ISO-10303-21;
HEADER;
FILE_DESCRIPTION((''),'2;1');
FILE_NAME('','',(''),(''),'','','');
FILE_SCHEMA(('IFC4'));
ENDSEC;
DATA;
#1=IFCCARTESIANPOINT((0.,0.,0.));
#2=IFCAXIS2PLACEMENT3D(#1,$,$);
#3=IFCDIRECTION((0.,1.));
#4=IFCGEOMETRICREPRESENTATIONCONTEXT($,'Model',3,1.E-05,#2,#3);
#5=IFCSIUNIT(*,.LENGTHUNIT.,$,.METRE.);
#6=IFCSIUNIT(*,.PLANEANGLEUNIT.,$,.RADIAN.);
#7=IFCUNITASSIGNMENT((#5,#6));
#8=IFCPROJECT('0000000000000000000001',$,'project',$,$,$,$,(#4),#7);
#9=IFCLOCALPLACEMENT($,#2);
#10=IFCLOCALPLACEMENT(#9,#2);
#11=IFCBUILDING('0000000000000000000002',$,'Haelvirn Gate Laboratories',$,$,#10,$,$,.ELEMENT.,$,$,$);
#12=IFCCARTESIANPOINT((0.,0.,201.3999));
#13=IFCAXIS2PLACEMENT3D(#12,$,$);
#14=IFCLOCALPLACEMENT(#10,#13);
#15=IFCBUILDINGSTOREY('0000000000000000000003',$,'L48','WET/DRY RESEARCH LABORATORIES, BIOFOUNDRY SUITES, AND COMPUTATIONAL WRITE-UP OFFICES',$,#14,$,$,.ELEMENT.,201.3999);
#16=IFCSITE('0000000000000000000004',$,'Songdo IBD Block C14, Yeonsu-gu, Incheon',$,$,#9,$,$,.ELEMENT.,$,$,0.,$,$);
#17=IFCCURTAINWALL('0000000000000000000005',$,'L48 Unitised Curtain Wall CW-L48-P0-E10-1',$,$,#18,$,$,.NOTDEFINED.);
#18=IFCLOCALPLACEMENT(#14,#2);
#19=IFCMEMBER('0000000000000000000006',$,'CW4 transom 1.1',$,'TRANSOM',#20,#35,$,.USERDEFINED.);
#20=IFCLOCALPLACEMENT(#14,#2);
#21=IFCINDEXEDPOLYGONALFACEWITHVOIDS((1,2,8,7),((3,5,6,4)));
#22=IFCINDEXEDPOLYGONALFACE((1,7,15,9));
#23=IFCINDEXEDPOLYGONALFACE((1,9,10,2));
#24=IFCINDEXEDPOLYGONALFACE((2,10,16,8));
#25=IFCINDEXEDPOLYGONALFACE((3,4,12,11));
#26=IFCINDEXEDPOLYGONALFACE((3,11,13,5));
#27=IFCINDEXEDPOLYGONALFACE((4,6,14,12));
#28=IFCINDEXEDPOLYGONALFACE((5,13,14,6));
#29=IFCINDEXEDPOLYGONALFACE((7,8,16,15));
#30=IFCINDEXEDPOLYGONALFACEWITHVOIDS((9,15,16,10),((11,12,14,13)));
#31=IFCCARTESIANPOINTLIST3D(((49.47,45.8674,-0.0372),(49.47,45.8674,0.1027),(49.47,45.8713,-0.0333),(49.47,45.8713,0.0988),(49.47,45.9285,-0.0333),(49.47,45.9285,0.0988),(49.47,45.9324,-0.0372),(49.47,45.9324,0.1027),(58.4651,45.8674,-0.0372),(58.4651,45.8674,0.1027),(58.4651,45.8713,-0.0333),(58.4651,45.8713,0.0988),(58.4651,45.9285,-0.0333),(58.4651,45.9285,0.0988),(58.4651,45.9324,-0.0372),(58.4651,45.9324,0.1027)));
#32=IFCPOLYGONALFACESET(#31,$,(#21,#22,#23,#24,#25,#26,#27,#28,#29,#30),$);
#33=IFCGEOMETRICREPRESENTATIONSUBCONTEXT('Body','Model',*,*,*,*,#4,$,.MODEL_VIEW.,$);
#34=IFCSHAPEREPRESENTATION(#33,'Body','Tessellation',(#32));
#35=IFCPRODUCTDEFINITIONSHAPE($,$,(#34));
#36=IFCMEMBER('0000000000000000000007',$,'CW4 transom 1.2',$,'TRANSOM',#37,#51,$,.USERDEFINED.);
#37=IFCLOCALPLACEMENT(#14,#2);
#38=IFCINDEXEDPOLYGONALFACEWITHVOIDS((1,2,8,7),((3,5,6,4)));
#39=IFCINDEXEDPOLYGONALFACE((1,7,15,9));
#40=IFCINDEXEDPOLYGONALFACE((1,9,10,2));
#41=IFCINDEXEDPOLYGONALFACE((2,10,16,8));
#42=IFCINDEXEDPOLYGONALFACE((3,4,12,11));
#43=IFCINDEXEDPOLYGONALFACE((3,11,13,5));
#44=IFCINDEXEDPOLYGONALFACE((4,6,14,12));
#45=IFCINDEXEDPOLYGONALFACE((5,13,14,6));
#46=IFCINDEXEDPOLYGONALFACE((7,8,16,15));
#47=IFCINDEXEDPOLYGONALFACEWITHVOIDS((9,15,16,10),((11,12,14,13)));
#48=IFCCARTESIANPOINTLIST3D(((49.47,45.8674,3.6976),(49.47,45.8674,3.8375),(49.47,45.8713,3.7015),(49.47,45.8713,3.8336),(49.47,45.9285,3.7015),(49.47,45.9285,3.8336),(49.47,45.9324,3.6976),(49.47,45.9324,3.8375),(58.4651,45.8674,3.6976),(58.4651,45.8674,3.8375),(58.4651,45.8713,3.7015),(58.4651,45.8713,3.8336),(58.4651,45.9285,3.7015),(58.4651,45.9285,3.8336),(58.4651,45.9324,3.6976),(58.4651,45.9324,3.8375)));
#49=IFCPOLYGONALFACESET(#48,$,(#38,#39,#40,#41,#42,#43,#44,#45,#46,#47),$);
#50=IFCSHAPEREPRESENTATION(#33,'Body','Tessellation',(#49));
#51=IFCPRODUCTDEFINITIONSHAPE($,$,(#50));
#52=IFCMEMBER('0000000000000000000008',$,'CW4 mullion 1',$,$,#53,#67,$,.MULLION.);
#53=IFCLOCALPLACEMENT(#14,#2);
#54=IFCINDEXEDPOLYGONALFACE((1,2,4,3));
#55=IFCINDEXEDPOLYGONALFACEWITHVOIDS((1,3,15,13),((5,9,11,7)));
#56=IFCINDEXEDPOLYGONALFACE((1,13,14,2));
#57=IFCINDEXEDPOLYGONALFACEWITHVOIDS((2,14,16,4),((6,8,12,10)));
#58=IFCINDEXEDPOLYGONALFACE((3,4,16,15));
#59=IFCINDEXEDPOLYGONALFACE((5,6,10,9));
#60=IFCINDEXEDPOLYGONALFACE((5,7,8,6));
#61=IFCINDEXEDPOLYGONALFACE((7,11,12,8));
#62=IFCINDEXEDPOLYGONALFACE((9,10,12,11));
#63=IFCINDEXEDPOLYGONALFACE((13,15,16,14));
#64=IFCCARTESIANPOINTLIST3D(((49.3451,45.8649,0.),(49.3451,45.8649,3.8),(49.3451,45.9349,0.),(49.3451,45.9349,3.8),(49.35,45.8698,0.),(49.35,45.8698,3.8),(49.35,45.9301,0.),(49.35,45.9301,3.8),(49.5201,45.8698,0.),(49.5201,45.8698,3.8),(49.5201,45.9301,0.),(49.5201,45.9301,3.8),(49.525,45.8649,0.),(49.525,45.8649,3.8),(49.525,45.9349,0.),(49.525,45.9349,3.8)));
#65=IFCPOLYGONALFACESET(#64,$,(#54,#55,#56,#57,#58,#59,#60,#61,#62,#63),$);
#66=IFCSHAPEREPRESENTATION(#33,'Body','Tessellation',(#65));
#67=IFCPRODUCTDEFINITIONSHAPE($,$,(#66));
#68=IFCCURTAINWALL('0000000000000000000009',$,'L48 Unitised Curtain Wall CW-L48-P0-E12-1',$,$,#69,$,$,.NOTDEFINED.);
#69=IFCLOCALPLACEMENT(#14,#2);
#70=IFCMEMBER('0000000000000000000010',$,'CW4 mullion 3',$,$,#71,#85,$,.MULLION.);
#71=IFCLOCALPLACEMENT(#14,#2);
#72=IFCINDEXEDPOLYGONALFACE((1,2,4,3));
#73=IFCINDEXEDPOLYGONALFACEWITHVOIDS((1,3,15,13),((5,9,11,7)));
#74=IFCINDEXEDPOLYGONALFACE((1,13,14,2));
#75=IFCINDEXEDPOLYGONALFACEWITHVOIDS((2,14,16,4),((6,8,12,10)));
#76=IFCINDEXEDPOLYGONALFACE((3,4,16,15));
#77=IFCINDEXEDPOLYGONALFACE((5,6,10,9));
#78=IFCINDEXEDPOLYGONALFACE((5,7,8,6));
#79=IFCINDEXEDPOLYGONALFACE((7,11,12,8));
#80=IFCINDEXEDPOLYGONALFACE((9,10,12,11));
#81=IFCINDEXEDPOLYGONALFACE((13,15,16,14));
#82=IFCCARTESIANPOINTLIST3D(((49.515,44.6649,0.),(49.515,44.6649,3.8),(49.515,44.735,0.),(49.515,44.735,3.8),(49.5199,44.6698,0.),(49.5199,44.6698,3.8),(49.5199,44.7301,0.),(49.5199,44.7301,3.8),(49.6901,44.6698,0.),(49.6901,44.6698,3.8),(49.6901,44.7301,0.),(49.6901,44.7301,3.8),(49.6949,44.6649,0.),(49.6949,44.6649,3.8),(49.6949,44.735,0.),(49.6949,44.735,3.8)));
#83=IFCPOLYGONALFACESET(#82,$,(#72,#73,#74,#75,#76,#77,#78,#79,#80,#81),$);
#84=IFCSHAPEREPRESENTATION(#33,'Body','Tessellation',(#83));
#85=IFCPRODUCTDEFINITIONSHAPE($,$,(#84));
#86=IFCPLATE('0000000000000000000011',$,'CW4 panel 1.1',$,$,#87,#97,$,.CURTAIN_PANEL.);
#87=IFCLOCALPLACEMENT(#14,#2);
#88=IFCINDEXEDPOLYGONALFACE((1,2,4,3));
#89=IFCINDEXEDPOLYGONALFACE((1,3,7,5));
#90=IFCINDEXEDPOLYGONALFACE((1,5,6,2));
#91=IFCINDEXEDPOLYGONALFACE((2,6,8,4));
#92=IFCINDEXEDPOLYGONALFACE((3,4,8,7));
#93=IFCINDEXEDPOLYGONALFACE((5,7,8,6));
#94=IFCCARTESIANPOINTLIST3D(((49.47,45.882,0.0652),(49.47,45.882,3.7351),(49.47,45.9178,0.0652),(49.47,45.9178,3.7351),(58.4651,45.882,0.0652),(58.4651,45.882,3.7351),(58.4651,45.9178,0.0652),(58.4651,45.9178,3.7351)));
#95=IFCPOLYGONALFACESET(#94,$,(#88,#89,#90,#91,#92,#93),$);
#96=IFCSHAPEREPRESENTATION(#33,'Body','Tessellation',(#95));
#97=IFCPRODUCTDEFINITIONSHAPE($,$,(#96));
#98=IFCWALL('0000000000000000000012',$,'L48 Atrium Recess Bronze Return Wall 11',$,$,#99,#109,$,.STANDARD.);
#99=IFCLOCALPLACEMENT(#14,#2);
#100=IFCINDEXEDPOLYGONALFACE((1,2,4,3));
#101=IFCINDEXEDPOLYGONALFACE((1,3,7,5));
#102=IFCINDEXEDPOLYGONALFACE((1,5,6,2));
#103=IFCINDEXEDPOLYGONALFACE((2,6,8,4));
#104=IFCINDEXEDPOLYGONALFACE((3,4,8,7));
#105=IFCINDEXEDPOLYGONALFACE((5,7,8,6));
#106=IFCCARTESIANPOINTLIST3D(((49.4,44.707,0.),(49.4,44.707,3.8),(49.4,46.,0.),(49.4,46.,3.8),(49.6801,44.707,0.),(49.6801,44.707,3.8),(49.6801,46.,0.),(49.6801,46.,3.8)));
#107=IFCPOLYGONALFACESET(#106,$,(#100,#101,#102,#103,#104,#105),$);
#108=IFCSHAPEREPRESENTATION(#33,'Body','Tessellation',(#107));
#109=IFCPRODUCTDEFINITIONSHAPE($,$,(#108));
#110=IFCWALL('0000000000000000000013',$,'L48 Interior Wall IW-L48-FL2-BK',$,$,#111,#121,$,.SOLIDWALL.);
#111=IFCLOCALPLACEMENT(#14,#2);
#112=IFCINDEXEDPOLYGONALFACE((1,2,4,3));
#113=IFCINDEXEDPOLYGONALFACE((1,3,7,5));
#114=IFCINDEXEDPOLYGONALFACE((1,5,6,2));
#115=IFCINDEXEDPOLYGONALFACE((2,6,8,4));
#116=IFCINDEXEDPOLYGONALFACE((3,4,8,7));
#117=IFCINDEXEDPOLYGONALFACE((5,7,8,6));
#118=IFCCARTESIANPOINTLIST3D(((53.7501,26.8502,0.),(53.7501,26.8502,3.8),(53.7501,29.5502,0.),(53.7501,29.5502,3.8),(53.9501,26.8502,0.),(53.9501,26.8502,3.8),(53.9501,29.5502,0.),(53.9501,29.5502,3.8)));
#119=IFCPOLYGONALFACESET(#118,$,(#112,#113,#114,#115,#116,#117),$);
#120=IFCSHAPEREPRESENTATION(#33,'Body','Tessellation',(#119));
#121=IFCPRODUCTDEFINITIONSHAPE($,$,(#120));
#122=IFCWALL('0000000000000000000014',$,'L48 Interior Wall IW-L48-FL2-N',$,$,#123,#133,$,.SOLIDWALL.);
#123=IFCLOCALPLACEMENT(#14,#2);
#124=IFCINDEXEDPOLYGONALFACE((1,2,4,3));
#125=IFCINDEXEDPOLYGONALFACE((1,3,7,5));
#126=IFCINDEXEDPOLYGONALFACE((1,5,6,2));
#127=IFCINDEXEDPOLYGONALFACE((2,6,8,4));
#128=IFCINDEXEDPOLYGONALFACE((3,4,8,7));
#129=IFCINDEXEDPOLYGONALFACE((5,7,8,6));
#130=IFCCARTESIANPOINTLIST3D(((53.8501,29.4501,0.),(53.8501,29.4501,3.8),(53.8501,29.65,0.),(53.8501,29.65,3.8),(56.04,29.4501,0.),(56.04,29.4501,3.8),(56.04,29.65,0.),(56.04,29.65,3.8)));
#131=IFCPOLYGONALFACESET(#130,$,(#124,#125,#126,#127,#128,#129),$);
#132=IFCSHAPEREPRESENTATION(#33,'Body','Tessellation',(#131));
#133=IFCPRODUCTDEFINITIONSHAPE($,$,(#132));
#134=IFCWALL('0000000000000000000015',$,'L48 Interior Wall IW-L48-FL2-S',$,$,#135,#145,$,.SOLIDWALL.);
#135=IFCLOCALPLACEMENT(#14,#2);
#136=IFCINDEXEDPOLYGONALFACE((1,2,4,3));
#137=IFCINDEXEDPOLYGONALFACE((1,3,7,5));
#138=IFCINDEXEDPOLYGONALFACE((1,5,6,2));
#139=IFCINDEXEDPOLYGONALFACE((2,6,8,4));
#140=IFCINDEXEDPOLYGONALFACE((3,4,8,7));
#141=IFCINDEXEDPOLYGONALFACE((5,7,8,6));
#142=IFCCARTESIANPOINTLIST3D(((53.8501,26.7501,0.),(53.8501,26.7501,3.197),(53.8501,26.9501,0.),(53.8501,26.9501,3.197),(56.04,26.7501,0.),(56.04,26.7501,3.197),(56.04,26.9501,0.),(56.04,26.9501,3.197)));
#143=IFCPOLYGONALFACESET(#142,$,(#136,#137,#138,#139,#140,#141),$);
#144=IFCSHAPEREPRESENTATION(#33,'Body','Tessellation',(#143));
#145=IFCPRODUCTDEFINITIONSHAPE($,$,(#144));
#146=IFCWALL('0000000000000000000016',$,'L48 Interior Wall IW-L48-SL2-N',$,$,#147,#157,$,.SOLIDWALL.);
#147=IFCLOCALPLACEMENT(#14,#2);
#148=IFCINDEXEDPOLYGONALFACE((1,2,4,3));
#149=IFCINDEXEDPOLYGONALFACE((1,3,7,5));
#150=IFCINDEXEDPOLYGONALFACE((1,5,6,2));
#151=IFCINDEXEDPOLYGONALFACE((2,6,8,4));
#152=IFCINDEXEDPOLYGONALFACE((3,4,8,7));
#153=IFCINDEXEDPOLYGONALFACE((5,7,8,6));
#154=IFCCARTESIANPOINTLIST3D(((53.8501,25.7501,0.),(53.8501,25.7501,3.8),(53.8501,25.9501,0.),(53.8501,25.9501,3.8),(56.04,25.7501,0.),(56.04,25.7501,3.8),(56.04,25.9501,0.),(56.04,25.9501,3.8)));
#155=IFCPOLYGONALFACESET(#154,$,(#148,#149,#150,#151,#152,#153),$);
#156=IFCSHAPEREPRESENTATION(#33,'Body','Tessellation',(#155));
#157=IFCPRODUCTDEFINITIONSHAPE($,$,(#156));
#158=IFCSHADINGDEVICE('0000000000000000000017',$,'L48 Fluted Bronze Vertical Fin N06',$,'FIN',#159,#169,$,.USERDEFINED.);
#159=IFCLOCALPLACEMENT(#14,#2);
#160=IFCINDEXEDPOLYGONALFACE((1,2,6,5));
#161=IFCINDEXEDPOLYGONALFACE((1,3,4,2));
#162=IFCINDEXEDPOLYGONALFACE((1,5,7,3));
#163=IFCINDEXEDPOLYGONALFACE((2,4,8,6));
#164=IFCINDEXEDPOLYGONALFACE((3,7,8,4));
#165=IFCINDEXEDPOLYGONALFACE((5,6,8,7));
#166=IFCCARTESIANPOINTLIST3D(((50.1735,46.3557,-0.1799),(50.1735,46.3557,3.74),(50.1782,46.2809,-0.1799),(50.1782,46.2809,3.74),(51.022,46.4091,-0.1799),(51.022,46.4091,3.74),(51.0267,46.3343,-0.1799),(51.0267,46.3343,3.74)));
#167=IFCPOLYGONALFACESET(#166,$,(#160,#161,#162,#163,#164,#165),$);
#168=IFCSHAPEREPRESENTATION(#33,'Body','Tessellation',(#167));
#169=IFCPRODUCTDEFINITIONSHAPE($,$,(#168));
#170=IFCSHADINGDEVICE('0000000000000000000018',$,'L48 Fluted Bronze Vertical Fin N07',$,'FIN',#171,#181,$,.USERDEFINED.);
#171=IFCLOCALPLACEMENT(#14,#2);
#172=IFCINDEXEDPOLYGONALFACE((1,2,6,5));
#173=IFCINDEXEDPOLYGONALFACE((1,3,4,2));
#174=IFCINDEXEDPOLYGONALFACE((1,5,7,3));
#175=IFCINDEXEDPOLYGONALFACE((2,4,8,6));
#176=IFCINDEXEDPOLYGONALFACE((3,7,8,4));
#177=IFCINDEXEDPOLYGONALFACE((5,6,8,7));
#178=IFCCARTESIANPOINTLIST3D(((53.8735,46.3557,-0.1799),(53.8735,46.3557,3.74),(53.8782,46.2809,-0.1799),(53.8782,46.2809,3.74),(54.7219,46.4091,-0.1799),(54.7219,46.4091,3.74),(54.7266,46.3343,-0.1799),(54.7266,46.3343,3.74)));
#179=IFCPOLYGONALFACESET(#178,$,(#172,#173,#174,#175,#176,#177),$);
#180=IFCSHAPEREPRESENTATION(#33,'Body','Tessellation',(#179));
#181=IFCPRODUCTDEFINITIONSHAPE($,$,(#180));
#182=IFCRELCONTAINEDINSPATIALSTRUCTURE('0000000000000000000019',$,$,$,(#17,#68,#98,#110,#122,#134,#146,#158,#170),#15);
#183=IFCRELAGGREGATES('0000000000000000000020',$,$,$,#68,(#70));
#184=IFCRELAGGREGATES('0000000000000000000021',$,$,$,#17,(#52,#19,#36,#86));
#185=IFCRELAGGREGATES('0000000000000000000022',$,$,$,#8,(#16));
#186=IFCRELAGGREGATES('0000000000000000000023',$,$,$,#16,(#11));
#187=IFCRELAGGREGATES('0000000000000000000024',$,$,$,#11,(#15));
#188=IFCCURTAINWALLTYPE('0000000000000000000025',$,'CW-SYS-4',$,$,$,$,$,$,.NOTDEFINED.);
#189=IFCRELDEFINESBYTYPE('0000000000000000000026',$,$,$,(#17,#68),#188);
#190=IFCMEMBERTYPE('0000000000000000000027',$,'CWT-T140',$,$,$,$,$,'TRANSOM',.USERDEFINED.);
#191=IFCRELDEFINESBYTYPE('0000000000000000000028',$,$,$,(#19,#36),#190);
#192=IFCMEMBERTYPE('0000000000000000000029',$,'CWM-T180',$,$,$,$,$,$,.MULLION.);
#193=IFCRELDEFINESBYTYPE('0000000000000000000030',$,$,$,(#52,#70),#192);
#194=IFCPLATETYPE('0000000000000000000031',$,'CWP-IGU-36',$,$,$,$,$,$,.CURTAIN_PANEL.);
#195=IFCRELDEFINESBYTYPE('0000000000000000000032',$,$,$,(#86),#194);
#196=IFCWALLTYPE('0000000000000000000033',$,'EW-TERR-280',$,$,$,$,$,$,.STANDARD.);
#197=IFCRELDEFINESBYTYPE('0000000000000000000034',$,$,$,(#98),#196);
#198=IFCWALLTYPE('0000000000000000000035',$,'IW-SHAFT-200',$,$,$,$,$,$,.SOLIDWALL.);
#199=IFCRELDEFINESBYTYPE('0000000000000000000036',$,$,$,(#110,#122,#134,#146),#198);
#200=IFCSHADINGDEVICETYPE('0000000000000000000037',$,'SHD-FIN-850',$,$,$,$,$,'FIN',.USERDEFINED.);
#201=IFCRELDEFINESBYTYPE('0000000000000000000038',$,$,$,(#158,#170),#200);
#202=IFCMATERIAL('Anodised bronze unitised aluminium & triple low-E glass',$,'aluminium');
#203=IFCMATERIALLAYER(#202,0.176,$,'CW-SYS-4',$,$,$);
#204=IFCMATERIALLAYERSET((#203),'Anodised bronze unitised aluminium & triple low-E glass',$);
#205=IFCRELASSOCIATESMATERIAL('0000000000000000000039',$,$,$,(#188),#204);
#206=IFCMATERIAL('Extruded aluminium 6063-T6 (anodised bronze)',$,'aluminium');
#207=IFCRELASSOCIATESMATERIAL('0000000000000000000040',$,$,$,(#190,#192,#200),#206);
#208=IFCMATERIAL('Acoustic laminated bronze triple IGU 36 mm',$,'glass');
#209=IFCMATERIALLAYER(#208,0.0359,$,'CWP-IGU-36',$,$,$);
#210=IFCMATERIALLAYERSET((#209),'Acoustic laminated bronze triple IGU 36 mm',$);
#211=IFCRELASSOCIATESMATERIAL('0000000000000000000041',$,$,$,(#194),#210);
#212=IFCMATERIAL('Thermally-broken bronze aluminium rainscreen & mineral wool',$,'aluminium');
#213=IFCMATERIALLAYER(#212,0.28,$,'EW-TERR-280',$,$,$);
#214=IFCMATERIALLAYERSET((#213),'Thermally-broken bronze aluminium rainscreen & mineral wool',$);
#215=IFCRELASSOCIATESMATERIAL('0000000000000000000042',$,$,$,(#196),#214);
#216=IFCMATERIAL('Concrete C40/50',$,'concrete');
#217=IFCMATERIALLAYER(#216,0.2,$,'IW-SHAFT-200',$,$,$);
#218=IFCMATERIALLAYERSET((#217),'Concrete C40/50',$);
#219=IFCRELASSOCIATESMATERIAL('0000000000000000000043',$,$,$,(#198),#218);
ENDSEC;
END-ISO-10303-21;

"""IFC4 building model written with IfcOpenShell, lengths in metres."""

from ifc_helpers import new_model, si_unit, direction, frame, frame_2d, origin, origin_2d, place, context, subcontext, project, spatial, rectangle, hollow_rectangle, extrude, source, transform, mapped, material, layer, layer_set, material_profile, profile_set, type_object, type_shapes, element, aggregate, save


model = new_model("IFC4")

# Units and contexts
model_context = context("Model", 3, precision=1e-05, world=origin(), true_north=direction((0.0, 1.0)))
body_context = subcontext(model_context, "Body", "Model", "MODEL_VIEW")
ifc_project = project(units=[si_unit("LENGTHUNIT", "METRE"), si_unit("PLANEANGLEUNIT", "RADIAN")], contexts=[model_context])

# Site, building, storey
site_placement = place(None, origin())
site = spatial("IfcSite", under=ifc_project, at=site_placement, Name="Songdo IBD Block C14, Yeonsu-gu, Incheon", CompositionType="ELEMENT", RefElevation=0.0)
building_placement = place(site_placement, origin())
building = spatial("IfcBuilding", under=site, at=building_placement, Name="Haelvirn Gate Laboratories", CompositionType="ELEMENT")
storey_placement = place(building_placement, frame((0.0, 0.0, 201.3999)))
storey = spatial("IfcBuildingStorey", under=building, at=storey_placement, Name="L48", Description="WET/DRY RESEARCH LABORATORIES, BIOFOUNDRY SUITES, AND COMPUTATIONAL WRITE-UP OFFICES", CompositionType="ELEMENT", Elevation=201.3999)

# Curtain wall, members
ifc_material_1 = material(Name="Anodised bronze unitised aluminium & triple low-E glass", Category="aluminium")
ifc_layer_1 = layer(ifc_material_1, 0.176, Name="CW-SYS-4")
ifc_layer_set_1 = layer_set([ifc_layer_1], Name="Anodised bronze unitised aluminium & triple low-E glass")
curtain_wall_type = type_object("IfcCurtainWallType", Name="CW-SYS-4", PredefinedType="NOTDEFINED", material=ifc_layer_set_1)
curtain_wall_1_placement = place(storey_placement, origin())
curtain_wall_1 = element("IfcCurtainWall", 1, at=curtain_wall_1_placement, inside=storey, type_object=curtain_wall_type, Name="L48 Unitised Curtain Wall CW-L48-P0-E10-1", PredefinedType="NOTDEFINED")
ifc_material_2 = material(Name="Extruded aluminium 6063-T6 (anodised bronze)", Category="aluminium")
ifc_material_profile_1 = material_profile(ifc_material_2, hollow_rectangle(XDim=0.0649, YDim=0.1399, WallThickness=0.0039, at=origin_2d()), Name="CWT-140x65x4")
ifc_profile_set_1 = profile_set([ifc_material_profile_1], Name="Extruded aluminium 6063-T6 (anodised bronze)")
member_type_1 = type_object("IfcMemberType", Name="CWT-T140", ElementType="TRANSOM", PredefinedType="USERDEFINED", material=ifc_profile_set_1)
shared_shape_1 = source(origin(), body_context, "Body", "SweptSolid", [
    extrude(hollow_rectangle(XDim=0.0649, YDim=0.1399, WallThickness=0.0039, at=origin_2d()), origin(), (0.0, 0.0, 1.0), 8.9951),
])
type_shapes(member_type_1, [shared_shape_1])
member_1_placement = place(storey_placement, frame((49.47, 45.8999, 0.0327), z_axis=(1.0, 0.0, 0.0), x_axis=(0.0, 1.0, 0.0)))
member_1 = element("IfcMember", 2, at=member_1_placement, type_object=member_type_1, Name="CW4 transom 1.1", ObjectType="TRANSOM", PredefinedType="USERDEFINED", context=body_context, shape_type="MappedRepresentation", body=[
    mapped(shared_shape_1, transform((0.0, 0.0, 0.0), scale=1.0)),
])
member_2_placement = place(storey_placement, frame((49.47, 45.8999, 3.7676), z_axis=(1.0, 0.0, 0.0), x_axis=(0.0, 1.0, 0.0)))
member_2 = element("IfcMember", 3, at=member_2_placement, type_object=member_type_1, Name="CW4 transom 1.2", ObjectType="TRANSOM", PredefinedType="USERDEFINED", context=body_context, shape_type="MappedRepresentation", body=[
    mapped(shared_shape_1, transform((0.0, 0.0, 0.0), scale=1.0)),
])
ifc_material_profile_2 = material_profile(ifc_material_2, hollow_rectangle(XDim=0.0701, YDim=0.1799, WallThickness=0.0049, at=origin_2d()), Name="CWM-180x70x5")
ifc_profile_set_2 = profile_set([ifc_material_profile_2], Name="Extruded aluminium 6063-T6 (anodised bronze)")
member_type_2 = type_object("IfcMemberType", Name="CWM-T180", PredefinedType="MULLION", material=ifc_profile_set_2)
shared_shape_2 = source(origin(), body_context, "Body", "SweptSolid", [
    extrude(hollow_rectangle(XDim=0.0701, YDim=0.1799, WallThickness=0.0049, at=origin_2d()), origin(), (0.0, 0.0, 1.0), 3.8),
])
type_shapes(member_type_2, [shared_shape_2])
member_3_placement = place(storey_placement, frame((49.4351, 45.8999, 0.0), z_axis=(0.0, 0.0, 1.0), x_axis=(0.0, 1.0, 0.0)))
member_3 = element("IfcMember", 4, at=member_3_placement, type_object=member_type_2, Name="CW4 mullion 1", PredefinedType="MULLION", context=body_context, shape_type="MappedRepresentation", body=[
    mapped(shared_shape_2, transform((0.0, 0.0, 0.0), scale=1.0)),
])

# Curtain wall, member
curtain_wall_2_placement = place(storey_placement, origin())
curtain_wall_2 = element("IfcCurtainWall", 5, at=curtain_wall_2_placement, inside=storey, type_object=curtain_wall_type, Name="L48 Unitised Curtain Wall CW-L48-P0-E12-1", PredefinedType="NOTDEFINED")
member_4_placement = place(storey_placement, frame((49.605, 44.7, 0.0), z_axis=(0.0, 0.0, 1.0), x_axis=(0.0, 1.0, 0.0)))
member_4 = element("IfcMember", 6, at=member_4_placement, type_object=member_type_2, Name="CW4 mullion 3", PredefinedType="MULLION", context=body_context, shape_type="MappedRepresentation", body=[
    mapped(shared_shape_2, transform((0.0, 0.0, 0.0), scale=1.0)),
])
aggregate(curtain_wall_2, [member_4])

# Plate
ifc_material_3 = material(Name="Acoustic laminated bronze triple IGU 36 mm", Category="glass")
ifc_layer_2 = layer(ifc_material_3, 0.0359, Name="CWP-IGU-36")
ifc_layer_set_2 = layer_set([ifc_layer_2], Name="Acoustic laminated bronze triple IGU 36 mm")
plate_type = type_object("IfcPlateType", Name="CWP-IGU-36", PredefinedType="CURTAIN_PANEL", material=ifc_layer_set_2)
shared_shape_3 = source(origin(), body_context, "Body", "SweptSolid", [
    extrude(rectangle(XDim=8.9951, YDim=0.0359, at=origin_2d()), origin(), (0.0, 0.0, 1.0), 3.6699),
])
type_shapes(plate_type, [shared_shape_3])
plate_placement = place(storey_placement, frame((53.9675, 45.8999, 0.0652), z_axis=(0.0, 0.0, 1.0), x_axis=(1.0, 0.0, 0.0)))
plate = element("IfcPlate", 7, at=plate_placement, type_object=plate_type, Name="CW4 panel 1.1", PredefinedType="CURTAIN_PANEL", context=body_context, shape_type="MappedRepresentation", body=[
    mapped(shared_shape_3, transform((0.0, 0.0, 0.0), scale=1.0)),
])
aggregate(curtain_wall_1, [member_3, member_1, member_2, plate])

# Walls
ifc_material_4 = material(Name="Thermally-broken bronze aluminium rainscreen & mineral wool", Category="aluminium")
ifc_layer_3 = layer(ifc_material_4, 0.28, Name="EW-TERR-280")
ifc_layer_set_3 = layer_set([ifc_layer_3], Name="Thermally-broken bronze aluminium rainscreen & mineral wool")
wall_type_1 = type_object("IfcWallType", Name="EW-TERR-280", PredefinedType="STANDARD", material=ifc_layer_set_3)
wall_1_placement = place(storey_placement, frame((49.54, 46.0, 0.0), z_axis=(0.0, 0.0, 1.0), x_axis=(0.0, -1.0, 0.0)))
element("IfcWall", 8, at=wall_1_placement, inside=storey, type_object=wall_type_1, Name="L48 Atrium Recess Bronze Return Wall 11", PredefinedType="STANDARD", context=body_context, shape_type="SweptSolid", body=[
    extrude(rectangle(XDim=1.293, YDim=0.28, at=frame_2d((0.6465, 0.0))), origin(), (0.0, 0.0, 1.0), 3.8),
])
ifc_material_5 = material(Name="Concrete C40/50", Category="concrete")
ifc_layer_4 = layer(ifc_material_5, 0.2, Name="IW-SHAFT-200")
ifc_layer_set_4 = layer_set([ifc_layer_4], Name="Concrete C40/50")
wall_type_2 = type_object("IfcWallType", Name="IW-SHAFT-200", PredefinedType="SOLIDWALL", material=ifc_layer_set_4)
wall_2_placement = place(storey_placement, frame((53.8501, 26.8501, 0.0), z_axis=(0.0, 0.0, 1.0), x_axis=(0.0, 1.0, 0.0)))
element("IfcWall", 9, at=wall_2_placement, inside=storey, type_object=wall_type_2, Name="L48 Interior Wall IW-L48-FL2-BK", PredefinedType="SOLIDWALL", context=body_context, shape_type="SweptSolid", body=[
    extrude(rectangle(XDim=2.7, YDim=0.2, at=frame_2d((1.3501, 0.0))), origin(), (0.0, 0.0, 1.0), 3.8),
])
wall_3_placement = place(storey_placement, frame((53.8501, 29.55, 0.0), z_axis=(0.0, 0.0, 1.0), x_axis=(1.0, 0.0, 0.0)))
element("IfcWall", 10, at=wall_3_placement, inside=storey, type_object=wall_type_2, Name="L48 Interior Wall IW-L48-FL2-N", PredefinedType="SOLIDWALL", context=body_context, shape_type="SweptSolid", body=[
    extrude(rectangle(XDim=2.1899, YDim=0.2, at=frame_2d((1.095, 0.0))), origin(), (0.0, 0.0, 1.0), 3.8),
])
wall_4_placement = place(storey_placement, frame((53.8501, 26.8501, 0.0), z_axis=(0.0, 0.0, 1.0), x_axis=(1.0, 0.0, 0.0)))
element("IfcWall", 11, at=wall_4_placement, inside=storey, type_object=wall_type_2, Name="L48 Interior Wall IW-L48-FL2-S", PredefinedType="SOLIDWALL", context=body_context, shape_type="SweptSolid", body=[
    extrude(rectangle(XDim=2.1899, YDim=0.2, at=frame_2d((1.095, 0.0))), origin(), (0.0, 0.0, 1.0), 3.197),
])
wall_5_placement = place(storey_placement, frame((53.8501, 25.8501, 0.0), z_axis=(0.0, 0.0, 1.0), x_axis=(1.0, 0.0, 0.0)))
element("IfcWall", 12, at=wall_5_placement, inside=storey, type_object=wall_type_2, Name="L48 Interior Wall IW-L48-SL2-N", PredefinedType="SOLIDWALL", context=body_context, shape_type="SweptSolid", body=[
    extrude(rectangle(XDim=2.1899, YDim=0.2, at=frame_2d((1.095, 0.0))), origin(), (0.0, 0.0, 1.0), 3.8),
])

# Shading devices
ifc_material_profile_3 = material_profile(ifc_material_2, rectangle(XDim=0.075, YDim=0.8501, at=origin_2d()), Name="FIN-850x75")
ifc_profile_set_3 = profile_set([ifc_material_profile_3], Name="Extruded aluminium 6063-T6 (anodised bronze)")
shading_device_type = type_object("IfcShadingDeviceType", Name="SHD-FIN-850", ElementType="FIN", PredefinedType="USERDEFINED", material=ifc_profile_set_3)
shared_shape_4 = source(origin(), body_context, "Body", "SweptSolid", [
    extrude(rectangle(XDim=0.075, YDim=0.8501, at=origin_2d()), origin(), (0.0, 0.0, 1.0), 3.9199),
])
type_shapes(shading_device_type, [shared_shape_4])
for number, where, z_axis, x_axis, name in (
    (13, (50.6001, 46.345, -0.1799), (0.0, 0.0, 1.0), (-0.062791, 0.998027, 0.0), "L48 Fluted Bronze Vertical Fin N06"),
    (14, (54.3, 46.345, -0.1799), (0.0, 0.0, 1.0), (-0.062791, 0.998027, 0.0), "L48 Fluted Bronze Vertical Fin N07"),
):
    element("IfcShadingDevice", number, at=place(storey_placement, frame(where, z_axis=z_axis, x_axis=x_axis)), inside=storey, type_object=shading_device_type, Name=name, ObjectType="FIN", PredefinedType="USERDEFINED", context=body_context, shape_type="MappedRepresentation", body=[
        mapped(shared_shape_4, transform((0.0, 0.0, 0.0), scale=1.0)),
    ])

save(model, "model.ifc")
